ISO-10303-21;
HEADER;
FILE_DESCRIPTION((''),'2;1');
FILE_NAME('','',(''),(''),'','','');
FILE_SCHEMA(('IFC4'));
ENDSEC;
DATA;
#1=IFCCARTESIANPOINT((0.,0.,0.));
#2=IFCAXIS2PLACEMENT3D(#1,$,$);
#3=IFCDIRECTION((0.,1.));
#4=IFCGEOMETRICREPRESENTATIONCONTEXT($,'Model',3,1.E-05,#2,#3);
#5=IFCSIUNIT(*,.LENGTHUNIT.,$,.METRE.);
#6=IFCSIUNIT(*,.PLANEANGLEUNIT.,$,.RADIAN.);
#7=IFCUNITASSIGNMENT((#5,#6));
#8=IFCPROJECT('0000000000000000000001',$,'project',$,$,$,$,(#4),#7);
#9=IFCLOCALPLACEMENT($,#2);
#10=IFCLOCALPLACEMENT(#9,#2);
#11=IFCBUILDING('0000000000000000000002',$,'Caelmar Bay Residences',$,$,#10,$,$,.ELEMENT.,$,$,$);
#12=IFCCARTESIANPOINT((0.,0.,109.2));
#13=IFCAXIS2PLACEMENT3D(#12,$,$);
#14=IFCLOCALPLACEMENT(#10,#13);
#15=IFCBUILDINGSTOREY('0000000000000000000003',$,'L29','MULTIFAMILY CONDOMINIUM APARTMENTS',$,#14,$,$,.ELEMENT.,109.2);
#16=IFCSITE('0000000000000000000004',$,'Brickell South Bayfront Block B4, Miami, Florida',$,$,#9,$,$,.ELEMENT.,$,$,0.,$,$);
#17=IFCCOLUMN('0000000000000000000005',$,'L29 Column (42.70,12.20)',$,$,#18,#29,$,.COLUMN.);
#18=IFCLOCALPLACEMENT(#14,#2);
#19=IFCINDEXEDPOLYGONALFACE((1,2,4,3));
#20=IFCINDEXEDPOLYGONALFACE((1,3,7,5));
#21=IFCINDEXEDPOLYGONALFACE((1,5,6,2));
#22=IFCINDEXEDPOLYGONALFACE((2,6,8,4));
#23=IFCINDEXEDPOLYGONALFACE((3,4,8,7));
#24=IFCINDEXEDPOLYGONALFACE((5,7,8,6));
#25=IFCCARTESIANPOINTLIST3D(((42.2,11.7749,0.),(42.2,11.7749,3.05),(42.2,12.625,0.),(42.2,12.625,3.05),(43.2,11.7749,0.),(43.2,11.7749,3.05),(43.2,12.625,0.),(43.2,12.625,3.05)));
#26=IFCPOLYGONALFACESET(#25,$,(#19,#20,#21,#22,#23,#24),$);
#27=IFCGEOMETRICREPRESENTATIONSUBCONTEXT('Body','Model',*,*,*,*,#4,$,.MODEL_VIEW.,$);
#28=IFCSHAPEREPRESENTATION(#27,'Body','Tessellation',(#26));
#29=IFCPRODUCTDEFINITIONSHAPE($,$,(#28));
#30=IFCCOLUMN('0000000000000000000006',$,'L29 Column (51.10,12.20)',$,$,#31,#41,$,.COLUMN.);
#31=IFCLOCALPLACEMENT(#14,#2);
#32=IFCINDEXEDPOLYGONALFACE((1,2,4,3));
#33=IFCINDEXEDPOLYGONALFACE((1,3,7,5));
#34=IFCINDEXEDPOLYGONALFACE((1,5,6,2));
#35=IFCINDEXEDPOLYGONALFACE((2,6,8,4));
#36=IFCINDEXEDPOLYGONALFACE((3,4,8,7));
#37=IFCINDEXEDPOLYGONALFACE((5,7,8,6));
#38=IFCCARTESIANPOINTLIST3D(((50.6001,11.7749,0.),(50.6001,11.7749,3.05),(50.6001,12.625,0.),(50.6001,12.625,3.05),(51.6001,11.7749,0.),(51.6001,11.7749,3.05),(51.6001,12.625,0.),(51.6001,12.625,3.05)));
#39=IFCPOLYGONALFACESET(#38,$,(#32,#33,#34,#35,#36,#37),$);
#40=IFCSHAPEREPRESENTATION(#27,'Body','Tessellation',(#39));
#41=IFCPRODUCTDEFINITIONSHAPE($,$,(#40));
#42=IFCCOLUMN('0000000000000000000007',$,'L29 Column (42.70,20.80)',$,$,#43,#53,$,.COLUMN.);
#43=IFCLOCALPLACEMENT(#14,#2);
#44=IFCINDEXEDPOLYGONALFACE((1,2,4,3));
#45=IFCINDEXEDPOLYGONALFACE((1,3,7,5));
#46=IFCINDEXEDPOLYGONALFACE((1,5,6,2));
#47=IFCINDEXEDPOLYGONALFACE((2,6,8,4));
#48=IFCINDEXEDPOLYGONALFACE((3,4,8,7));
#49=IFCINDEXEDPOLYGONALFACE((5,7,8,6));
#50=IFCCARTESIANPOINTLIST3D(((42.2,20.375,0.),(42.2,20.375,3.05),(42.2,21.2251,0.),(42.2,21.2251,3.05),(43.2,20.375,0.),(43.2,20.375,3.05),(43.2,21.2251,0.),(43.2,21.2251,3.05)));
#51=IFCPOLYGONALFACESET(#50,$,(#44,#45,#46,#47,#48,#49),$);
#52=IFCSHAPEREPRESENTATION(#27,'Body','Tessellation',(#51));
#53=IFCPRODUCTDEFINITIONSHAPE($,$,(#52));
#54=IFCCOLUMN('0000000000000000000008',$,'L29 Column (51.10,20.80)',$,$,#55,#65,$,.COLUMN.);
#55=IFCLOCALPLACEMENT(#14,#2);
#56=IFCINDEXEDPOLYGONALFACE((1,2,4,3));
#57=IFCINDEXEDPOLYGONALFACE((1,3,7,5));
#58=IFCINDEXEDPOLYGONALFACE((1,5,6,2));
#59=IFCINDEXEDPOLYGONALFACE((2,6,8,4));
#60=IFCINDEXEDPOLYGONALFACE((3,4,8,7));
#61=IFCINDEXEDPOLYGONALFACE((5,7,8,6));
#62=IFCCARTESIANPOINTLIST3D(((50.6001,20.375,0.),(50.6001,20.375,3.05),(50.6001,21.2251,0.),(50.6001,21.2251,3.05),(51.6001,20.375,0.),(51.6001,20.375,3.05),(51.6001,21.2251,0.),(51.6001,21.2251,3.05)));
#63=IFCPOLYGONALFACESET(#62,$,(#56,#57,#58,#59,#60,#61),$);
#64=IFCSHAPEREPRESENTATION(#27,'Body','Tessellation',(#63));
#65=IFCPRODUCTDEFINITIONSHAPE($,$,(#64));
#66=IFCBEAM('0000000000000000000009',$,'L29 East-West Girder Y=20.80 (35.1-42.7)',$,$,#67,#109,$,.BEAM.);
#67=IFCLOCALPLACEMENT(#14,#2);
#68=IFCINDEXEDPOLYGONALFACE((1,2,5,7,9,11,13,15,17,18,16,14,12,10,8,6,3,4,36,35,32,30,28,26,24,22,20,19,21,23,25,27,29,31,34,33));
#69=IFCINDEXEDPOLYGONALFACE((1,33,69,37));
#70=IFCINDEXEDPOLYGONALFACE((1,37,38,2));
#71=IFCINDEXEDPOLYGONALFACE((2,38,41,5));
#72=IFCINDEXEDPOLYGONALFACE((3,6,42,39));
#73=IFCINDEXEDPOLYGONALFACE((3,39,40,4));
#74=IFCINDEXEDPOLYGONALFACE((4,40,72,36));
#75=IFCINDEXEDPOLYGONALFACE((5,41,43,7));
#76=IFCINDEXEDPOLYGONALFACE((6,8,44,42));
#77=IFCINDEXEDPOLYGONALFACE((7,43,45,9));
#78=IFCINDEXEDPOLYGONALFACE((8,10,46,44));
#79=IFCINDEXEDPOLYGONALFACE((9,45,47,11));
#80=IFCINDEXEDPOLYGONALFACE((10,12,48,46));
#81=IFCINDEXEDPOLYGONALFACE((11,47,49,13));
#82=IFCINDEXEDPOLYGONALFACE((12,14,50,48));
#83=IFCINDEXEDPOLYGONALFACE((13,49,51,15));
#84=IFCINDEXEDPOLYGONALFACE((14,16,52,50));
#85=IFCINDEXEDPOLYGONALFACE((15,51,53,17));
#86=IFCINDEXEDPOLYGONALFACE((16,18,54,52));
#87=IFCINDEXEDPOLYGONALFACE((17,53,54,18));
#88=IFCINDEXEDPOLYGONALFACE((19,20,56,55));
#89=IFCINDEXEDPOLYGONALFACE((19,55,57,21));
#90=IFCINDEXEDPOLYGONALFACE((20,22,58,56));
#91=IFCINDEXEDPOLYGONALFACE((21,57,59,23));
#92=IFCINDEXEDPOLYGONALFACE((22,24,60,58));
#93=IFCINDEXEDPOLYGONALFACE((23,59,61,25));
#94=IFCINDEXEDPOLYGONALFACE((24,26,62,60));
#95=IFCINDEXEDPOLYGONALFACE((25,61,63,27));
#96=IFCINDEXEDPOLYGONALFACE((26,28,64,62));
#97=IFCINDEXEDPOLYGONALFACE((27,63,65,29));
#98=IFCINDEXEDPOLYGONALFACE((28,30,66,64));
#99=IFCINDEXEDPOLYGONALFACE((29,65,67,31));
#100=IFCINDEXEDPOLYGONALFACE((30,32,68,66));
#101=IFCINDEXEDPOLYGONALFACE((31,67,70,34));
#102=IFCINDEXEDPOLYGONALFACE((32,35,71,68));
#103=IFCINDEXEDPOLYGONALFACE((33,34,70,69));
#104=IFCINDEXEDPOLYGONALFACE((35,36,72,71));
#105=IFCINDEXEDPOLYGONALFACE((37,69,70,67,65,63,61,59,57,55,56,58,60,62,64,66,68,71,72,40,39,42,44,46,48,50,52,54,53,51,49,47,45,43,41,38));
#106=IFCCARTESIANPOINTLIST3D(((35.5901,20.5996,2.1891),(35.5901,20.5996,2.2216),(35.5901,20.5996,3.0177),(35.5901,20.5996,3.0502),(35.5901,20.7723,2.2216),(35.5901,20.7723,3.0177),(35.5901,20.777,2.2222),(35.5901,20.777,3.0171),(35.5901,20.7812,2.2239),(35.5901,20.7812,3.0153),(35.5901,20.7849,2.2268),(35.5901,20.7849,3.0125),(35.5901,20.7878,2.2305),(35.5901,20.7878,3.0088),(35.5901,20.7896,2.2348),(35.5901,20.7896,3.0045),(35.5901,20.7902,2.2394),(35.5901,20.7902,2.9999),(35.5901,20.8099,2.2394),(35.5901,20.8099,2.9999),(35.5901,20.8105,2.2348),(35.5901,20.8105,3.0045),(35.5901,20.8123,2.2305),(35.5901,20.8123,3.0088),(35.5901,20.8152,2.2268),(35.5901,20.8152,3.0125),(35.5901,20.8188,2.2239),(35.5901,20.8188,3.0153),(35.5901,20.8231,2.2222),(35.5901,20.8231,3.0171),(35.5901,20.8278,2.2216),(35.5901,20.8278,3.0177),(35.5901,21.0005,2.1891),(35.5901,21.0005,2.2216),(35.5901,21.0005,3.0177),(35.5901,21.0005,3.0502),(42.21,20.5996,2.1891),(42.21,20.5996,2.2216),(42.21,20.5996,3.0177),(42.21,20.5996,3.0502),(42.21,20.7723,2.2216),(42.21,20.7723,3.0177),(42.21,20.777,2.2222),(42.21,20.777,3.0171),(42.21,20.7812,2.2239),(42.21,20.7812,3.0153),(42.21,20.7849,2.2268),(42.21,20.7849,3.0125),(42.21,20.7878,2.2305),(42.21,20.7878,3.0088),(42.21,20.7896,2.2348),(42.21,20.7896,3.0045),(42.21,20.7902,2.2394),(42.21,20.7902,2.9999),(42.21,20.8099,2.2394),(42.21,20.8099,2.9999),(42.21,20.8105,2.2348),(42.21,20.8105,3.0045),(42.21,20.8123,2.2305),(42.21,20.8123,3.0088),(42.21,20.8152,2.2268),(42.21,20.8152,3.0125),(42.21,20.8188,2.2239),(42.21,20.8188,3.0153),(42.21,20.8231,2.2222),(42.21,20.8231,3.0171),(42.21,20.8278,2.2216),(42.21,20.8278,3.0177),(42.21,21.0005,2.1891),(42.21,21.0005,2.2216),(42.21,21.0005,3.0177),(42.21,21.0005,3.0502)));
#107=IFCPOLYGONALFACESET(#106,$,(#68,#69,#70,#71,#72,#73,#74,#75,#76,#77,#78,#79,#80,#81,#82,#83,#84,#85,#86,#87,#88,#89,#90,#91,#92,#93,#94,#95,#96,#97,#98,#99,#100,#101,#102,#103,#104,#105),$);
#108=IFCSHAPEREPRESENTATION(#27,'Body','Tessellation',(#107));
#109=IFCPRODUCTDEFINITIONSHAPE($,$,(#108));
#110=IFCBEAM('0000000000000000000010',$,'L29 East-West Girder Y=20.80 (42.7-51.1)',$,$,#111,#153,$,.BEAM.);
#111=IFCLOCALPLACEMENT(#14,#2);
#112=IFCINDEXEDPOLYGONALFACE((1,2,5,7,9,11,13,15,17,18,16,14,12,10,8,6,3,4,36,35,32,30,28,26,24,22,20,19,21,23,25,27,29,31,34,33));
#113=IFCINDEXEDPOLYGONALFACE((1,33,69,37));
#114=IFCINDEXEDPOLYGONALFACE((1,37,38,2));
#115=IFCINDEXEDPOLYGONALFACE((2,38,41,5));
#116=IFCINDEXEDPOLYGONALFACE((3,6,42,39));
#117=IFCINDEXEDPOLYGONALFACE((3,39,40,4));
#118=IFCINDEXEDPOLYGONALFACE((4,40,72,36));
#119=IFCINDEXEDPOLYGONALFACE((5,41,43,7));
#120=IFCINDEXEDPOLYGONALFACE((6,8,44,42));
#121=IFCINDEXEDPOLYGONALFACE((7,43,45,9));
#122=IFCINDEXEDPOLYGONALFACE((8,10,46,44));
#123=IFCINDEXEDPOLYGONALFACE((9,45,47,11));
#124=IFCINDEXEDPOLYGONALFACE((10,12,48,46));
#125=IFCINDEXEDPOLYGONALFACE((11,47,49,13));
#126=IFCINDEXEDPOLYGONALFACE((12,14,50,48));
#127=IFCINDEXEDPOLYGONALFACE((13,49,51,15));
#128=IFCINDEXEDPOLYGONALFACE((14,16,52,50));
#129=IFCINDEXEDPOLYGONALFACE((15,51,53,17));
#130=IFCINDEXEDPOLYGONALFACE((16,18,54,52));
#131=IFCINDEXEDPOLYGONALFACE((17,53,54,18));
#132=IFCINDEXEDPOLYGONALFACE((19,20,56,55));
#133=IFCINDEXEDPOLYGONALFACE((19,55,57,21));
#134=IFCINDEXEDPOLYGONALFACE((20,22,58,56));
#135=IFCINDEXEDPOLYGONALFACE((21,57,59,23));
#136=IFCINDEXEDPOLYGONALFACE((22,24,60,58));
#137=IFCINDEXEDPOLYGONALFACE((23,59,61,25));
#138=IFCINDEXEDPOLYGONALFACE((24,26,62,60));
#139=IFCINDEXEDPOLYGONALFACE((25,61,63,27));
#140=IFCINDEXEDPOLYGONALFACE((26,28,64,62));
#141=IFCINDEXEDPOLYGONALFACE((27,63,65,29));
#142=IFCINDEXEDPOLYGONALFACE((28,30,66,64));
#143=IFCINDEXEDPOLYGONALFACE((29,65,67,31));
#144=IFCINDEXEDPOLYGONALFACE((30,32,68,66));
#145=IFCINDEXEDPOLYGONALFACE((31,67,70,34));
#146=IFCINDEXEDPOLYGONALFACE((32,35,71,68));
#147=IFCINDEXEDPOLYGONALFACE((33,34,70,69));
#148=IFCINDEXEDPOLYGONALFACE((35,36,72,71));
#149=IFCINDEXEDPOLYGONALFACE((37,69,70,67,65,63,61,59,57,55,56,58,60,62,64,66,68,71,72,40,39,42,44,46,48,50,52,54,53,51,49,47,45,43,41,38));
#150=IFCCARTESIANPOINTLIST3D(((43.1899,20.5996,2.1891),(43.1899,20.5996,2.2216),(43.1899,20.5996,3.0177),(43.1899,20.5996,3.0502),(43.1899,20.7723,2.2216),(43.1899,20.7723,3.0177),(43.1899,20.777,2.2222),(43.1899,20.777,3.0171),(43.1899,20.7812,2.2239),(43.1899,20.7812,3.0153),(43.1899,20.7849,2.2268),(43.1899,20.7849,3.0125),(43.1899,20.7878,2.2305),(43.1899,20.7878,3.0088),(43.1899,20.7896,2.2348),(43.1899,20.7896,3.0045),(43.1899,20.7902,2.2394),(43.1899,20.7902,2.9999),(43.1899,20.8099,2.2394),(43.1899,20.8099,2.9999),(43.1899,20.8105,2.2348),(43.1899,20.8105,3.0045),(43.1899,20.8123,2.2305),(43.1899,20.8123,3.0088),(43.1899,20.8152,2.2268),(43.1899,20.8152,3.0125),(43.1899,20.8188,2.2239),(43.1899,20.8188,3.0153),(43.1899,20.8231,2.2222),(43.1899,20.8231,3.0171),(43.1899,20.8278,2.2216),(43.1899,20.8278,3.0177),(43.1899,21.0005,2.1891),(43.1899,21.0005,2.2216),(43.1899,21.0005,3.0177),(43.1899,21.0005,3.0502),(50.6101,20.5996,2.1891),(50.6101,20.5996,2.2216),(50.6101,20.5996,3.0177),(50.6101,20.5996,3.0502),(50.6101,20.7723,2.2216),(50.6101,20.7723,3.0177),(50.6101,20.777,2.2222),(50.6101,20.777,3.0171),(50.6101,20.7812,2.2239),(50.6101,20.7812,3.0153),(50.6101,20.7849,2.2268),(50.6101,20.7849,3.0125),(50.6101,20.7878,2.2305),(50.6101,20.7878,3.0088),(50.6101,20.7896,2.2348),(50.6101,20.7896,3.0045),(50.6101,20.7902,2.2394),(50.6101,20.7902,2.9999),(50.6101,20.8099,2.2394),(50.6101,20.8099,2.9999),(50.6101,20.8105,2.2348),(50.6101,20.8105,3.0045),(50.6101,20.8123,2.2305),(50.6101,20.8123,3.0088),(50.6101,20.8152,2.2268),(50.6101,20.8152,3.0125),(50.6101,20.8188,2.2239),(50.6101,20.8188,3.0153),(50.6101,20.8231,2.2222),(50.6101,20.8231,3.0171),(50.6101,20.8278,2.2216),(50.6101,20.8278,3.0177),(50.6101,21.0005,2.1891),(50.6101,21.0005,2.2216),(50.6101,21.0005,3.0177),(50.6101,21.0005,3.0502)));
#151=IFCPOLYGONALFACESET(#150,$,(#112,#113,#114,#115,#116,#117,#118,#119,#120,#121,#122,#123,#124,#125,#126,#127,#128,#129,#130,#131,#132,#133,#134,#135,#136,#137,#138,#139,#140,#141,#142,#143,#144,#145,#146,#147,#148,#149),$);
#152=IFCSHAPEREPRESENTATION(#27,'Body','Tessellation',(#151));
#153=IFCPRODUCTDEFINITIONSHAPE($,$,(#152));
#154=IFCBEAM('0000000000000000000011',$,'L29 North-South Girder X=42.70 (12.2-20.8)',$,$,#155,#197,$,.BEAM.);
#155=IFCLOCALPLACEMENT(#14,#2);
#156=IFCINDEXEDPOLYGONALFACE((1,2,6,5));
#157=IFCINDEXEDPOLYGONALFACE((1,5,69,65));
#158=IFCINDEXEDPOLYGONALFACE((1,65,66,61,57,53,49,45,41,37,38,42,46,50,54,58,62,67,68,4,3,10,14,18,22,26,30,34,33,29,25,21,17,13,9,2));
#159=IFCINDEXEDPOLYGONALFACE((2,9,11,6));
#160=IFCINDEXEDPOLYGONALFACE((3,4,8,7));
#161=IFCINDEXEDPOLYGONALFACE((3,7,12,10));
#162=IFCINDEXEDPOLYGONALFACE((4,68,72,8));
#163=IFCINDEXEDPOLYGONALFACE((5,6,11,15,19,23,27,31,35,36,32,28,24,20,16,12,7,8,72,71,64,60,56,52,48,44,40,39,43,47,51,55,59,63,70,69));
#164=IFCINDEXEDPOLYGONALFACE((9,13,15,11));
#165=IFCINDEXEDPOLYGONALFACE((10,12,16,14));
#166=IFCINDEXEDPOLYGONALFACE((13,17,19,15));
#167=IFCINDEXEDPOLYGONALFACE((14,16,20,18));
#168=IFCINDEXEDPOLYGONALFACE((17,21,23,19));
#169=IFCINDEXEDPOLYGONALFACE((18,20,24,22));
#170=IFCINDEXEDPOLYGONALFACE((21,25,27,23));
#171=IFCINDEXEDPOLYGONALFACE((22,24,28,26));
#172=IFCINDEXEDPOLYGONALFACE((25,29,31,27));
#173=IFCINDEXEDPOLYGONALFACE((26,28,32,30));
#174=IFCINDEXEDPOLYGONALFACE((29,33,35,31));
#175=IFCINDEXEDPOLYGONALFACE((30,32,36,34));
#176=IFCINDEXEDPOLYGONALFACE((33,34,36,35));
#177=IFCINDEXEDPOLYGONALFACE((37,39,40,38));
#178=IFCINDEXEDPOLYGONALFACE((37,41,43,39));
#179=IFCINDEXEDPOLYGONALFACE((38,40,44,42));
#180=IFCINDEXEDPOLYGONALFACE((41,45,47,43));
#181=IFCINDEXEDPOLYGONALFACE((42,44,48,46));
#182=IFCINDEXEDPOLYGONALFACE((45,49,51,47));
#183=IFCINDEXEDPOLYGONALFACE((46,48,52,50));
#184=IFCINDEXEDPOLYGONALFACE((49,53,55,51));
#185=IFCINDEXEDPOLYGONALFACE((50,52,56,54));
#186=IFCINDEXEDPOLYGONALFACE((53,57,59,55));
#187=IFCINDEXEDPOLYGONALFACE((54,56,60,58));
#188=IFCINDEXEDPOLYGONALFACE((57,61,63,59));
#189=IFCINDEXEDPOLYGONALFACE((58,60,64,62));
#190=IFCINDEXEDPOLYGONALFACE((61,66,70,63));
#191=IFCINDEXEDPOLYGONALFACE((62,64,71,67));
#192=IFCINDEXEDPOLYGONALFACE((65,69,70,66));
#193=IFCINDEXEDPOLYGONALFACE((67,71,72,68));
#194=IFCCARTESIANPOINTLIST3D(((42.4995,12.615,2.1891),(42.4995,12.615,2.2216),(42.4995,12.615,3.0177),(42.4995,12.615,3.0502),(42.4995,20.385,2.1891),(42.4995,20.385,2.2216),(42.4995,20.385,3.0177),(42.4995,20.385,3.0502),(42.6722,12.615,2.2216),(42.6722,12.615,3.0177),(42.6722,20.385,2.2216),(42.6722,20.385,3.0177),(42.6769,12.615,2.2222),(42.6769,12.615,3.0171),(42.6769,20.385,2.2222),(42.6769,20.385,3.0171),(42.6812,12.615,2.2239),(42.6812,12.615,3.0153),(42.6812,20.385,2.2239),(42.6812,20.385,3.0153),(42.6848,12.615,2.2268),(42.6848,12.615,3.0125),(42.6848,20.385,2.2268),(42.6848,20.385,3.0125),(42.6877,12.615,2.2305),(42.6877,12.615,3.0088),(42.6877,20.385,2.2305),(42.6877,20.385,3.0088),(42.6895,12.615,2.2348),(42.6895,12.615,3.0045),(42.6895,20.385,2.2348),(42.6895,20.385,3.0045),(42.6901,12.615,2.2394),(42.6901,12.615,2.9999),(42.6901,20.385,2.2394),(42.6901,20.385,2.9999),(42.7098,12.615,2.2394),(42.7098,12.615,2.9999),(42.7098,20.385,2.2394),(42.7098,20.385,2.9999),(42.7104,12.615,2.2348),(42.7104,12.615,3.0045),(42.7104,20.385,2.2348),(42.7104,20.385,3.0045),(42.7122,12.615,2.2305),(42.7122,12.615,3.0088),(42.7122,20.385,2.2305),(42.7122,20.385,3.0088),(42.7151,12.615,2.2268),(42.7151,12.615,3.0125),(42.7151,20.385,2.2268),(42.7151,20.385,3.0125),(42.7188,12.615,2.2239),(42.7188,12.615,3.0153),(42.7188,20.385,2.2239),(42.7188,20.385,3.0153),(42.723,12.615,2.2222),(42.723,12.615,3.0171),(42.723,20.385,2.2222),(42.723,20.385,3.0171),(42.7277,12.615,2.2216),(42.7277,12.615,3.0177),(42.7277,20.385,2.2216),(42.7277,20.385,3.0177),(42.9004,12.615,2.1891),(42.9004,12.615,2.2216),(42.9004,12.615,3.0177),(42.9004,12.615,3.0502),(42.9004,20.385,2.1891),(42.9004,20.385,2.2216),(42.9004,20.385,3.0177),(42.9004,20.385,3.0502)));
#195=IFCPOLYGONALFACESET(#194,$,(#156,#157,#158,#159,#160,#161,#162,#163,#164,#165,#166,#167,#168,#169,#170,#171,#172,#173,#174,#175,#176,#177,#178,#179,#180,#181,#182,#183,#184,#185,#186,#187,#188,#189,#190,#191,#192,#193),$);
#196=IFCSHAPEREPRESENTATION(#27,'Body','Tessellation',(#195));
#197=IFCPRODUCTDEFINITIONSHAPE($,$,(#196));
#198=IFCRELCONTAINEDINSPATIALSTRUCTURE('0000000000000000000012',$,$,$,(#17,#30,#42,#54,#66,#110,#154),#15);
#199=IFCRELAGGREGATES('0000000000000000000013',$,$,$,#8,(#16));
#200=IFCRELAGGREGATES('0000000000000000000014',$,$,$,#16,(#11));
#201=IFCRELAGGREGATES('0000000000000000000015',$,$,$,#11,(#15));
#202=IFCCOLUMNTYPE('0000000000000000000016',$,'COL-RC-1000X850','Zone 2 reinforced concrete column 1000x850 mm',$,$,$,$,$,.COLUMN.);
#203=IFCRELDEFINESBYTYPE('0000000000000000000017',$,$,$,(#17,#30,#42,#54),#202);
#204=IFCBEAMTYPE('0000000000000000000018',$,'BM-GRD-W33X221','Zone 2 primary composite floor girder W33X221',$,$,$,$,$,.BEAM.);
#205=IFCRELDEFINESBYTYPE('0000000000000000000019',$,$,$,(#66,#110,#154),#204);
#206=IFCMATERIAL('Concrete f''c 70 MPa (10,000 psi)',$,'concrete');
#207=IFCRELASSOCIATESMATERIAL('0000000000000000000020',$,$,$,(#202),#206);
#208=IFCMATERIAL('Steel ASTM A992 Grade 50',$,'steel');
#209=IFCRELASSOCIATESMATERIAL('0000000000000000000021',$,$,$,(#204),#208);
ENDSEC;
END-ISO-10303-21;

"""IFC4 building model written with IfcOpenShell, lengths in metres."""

from ifc_helpers import new_model, si_unit, direction, frame, origin, origin_2d, place, context, subcontext, project, spatial, rectangle, i_section, extrude, material, material_profile, profile_set, type_object, element, save


model = new_model("IFC4")

# Units and contexts
model_context = context("Model", 3, precision=1e-05, world=origin(), true_north=direction((0.0, 1.0)))
body_context = subcontext(model_context, "Body", "Model", "MODEL_VIEW")
ifc_project = project(units=[si_unit("LENGTHUNIT", "METRE"), si_unit("PLANEANGLEUNIT", "RADIAN")], contexts=[model_context])

# Site, building, storey
site_placement = place(None, origin())
site = spatial("IfcSite", under=ifc_project, at=site_placement, Name="Brickell South Bayfront Block B4, Miami, Florida", CompositionType="ELEMENT", RefElevation=0.0)
building_placement = place(site_placement, origin())
building = spatial("IfcBuilding", under=site, at=building_placement, Name="Caelmar Bay Residences", CompositionType="ELEMENT")
storey_placement = place(building_placement, frame((0.0, 0.0, 109.2)))
storey = spatial("IfcBuildingStorey", under=building, at=storey_placement, Name="L29", Description="MULTIFAMILY CONDOMINIUM APARTMENTS", CompositionType="ELEMENT", Elevation=109.2)

# Columns
ifc_material_1 = material(Name="Concrete f'c 70 MPa (10,000 psi)", Category="concrete")
ifc_material_profile_1 = material_profile(ifc_material_1, rectangle(XDim=1.0, YDim=0.8501, at=origin_2d()), Name="RC-COL-1000X850")
ifc_profile_set_1 = profile_set([ifc_material_profile_1], Name="Concrete f'c 70 MPa (10,000 psi)")
column_type = type_object("IfcColumnType", Name="COL-RC-1000X850", Description="Zone 2 reinforced concrete column 1000x850 mm", PredefinedType="COLUMN", material=ifc_profile_set_1)
for number, where, z_axis, x_axis, name in (
    (1, (42.7, 12.2, 0.0), (0.0, 0.0, 1.0), (1.0, 0.0, 0.0), "L29 Column (42.70,12.20)"),
    (2, (51.1001, 12.2, 0.0), (0.0, 0.0, 1.0), (1.0, 0.0, 0.0), "L29 Column (51.10,12.20)"),
    (3, (42.7, 20.8, 0.0), (0.0, 0.0, 1.0), (1.0, 0.0, 0.0), "L29 Column (42.70,20.80)"),
    (4, (51.1001, 20.8, 0.0), (0.0, 0.0, 1.0), (1.0, 0.0, 0.0), "L29 Column (51.10,20.80)"),
):
    element("IfcColumn", number, at=place(storey_placement, frame(where, z_axis=z_axis, x_axis=x_axis)), inside=storey, type_object=column_type, Name=name, PredefinedType="COLUMN", context=body_context, shape_type="SweptSolid", body=[
        extrude(rectangle(XDim=1.0, YDim=0.8501, at=origin_2d()), origin(), (0.0, 0.0, 1.0), 3.05),
    ])

# Beams
ifc_material_2 = material(Name="Steel ASTM A992 Grade 50", Category="steel")
ifc_material_profile_2 = material_profile(ifc_material_2, i_section(OverallWidth=0.4009, OverallDepth=0.8611, WebThickness=0.0198, FlangeThickness=0.0325, FilletRadius=0.0178, at=origin_2d()), Name="W33X221")
ifc_profile_set_2 = profile_set([ifc_material_profile_2], Name="Steel ASTM A992 Grade 50")
beam_type_1 = type_object("IfcBeamType", Name="BM-GRD-W33X221", Description="Zone 2 primary composite floor girder W33X221", PredefinedType="BEAM", material=ifc_profile_set_2)
beam_1_placement = place(storey_placement, frame((35.5901, 20.8, 2.6196), z_axis=(1.0, 0.0, 0.0), x_axis=(0.0, 1.0, 0.0)))
element("IfcBeam", 5, at=beam_1_placement, inside=storey, type_object=beam_type_1, Name="L29 East-West Girder Y=20.80 (35.1-42.7)", PredefinedType="BEAM", context=body_context, shape_type="SweptSolid", body=[
    extrude(i_section(OverallWidth=0.4009, OverallDepth=0.8611, WebThickness=0.0198, FlangeThickness=0.0325, FilletRadius=0.0178, at=origin_2d()), origin(), (0.0, 0.0, 1.0), 6.6199),
])
beam_2_placement = place(storey_placement, frame((43.1899, 20.8, 2.6196), z_axis=(1.0, 0.0, 0.0), x_axis=(0.0, 1.0, 0.0)))
element("IfcBeam", 6, at=beam_2_placement, inside=storey, type_object=beam_type_1, Name="L29 East-West Girder Y=20.80 (42.7-51.1)", PredefinedType="BEAM", context=body_context, shape_type="SweptSolid", body=[
    extrude(i_section(OverallWidth=0.4009, OverallDepth=0.8611, WebThickness=0.0198, FlangeThickness=0.0325, FilletRadius=0.0178, at=origin_2d()), origin(), (0.0, 0.0, 1.0), 7.4202),
])
for number, where, z_axis, x_axis, name in (
    (7, (42.7, 12.615, 2.6196), (0.0, 1.0, 0.0), (-1.0, 0.0, 0.0), "L29 North-South Girder X=42.70 (12.2-20.8)"),
):
    element("IfcBeam", number, at=place(storey_placement, frame(where, z_axis=z_axis, x_axis=x_axis)), inside=storey, type_object=beam_type_1, Name=name, PredefinedType="BEAM", context=body_context, shape_type="SweptSolid", body=[
        extrude(i_section(OverallWidth=0.4009, OverallDepth=0.8611, WebThickness=0.0198, FlangeThickness=0.0325, FilletRadius=0.0178, at=origin_2d()), origin(), (0.0, 0.0, 1.0), 7.77),
    ])

save(model, "model.ifc")
